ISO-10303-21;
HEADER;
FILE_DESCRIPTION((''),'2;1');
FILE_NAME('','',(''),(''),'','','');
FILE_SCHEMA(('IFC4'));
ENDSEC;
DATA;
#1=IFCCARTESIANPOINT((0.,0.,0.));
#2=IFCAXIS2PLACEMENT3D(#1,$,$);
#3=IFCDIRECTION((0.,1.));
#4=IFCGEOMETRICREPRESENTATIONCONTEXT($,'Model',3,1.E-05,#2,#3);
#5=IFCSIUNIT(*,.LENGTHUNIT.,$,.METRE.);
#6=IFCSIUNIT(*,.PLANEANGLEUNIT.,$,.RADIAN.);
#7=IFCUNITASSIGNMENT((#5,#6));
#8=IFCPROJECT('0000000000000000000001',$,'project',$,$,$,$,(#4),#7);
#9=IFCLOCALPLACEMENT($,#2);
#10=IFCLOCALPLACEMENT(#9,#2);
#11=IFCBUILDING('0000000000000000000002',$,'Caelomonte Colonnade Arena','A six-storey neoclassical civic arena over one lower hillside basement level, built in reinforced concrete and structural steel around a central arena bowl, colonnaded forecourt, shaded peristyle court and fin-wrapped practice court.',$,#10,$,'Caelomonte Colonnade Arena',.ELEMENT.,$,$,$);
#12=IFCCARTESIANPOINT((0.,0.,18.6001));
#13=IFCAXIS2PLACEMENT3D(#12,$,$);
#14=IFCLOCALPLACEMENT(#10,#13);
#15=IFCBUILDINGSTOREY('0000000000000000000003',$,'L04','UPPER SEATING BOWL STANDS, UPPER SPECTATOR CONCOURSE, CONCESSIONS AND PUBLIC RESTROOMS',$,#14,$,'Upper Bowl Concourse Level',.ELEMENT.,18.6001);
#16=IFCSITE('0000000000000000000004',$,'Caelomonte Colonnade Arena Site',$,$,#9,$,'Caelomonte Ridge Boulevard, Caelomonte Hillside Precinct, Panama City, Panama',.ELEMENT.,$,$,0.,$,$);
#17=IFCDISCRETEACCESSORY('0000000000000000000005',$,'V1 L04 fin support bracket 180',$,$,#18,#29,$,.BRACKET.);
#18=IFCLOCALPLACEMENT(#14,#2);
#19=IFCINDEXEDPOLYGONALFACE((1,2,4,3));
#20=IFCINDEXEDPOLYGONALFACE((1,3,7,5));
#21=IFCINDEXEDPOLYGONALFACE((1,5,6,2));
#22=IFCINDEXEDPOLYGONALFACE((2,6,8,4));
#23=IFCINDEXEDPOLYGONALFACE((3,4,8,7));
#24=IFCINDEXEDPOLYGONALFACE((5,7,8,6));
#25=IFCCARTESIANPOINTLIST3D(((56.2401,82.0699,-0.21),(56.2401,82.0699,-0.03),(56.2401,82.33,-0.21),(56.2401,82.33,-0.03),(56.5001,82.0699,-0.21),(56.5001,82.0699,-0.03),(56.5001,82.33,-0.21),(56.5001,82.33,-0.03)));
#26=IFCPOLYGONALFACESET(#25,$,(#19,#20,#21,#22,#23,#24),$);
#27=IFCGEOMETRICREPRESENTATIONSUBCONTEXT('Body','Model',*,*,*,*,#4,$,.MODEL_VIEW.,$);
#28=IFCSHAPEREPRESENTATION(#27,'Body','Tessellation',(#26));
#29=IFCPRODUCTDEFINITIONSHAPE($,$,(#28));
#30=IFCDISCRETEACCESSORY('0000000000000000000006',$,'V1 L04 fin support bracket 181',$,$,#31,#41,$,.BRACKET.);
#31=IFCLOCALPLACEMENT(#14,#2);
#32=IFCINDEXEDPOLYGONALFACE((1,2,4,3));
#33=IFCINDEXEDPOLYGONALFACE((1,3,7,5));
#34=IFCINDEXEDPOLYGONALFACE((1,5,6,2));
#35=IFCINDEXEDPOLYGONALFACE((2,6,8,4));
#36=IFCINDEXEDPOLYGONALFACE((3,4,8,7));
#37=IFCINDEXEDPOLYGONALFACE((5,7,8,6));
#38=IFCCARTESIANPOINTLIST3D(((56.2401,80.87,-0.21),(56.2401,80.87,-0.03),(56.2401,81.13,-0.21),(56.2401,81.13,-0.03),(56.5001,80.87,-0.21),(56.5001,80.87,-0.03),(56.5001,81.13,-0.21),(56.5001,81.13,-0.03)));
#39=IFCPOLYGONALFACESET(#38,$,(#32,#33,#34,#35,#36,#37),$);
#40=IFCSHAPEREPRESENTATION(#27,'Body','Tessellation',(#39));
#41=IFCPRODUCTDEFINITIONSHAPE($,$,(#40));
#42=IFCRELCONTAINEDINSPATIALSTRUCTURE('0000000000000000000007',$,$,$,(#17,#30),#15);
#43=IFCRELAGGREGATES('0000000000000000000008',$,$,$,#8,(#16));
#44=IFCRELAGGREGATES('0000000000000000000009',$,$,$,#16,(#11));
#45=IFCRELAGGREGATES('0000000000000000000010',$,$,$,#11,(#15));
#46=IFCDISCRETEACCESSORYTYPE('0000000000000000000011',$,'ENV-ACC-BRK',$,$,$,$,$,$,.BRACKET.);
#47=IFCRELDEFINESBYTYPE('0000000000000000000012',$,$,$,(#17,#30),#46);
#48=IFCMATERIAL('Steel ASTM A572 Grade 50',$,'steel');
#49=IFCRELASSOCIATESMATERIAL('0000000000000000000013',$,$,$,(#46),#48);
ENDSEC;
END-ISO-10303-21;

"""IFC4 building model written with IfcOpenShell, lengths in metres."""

from ifc_helpers import new_model, si_unit, direction, frame, origin, origin_2d, place, context, subcontext, project, spatial, rectangle, extrude, material, type_object, element, save


model = new_model("IFC4")

# Units and contexts
model_context = context("Model", 3, precision=1e-05, world=origin(), true_north=direction((0.0, 1.0)))
body_context = subcontext(model_context, "Body", "Model", "MODEL_VIEW")
ifc_project = project(units=[si_unit("LENGTHUNIT", "METRE"), si_unit("PLANEANGLEUNIT", "RADIAN")], contexts=[model_context])

# Site, building, storey
site_placement = place(None, origin())
site = spatial("IfcSite", under=ifc_project, at=site_placement, Name="Caelomonte Colonnade Arena Site", LongName="Caelomonte Ridge Boulevard, Caelomonte Hillside Precinct, Panama City, Panama", CompositionType="ELEMENT", RefElevation=0.0)
building_placement = place(site_placement, origin())
building = spatial("IfcBuilding", under=site, at=building_placement, Name="Caelomonte Colonnade Arena", Description="A six-storey neoclassical civic arena over one lower hillside basement level, built in reinforced concrete and structural steel around a central arena bowl, colonnaded forecourt, shaded peristyle court and fin-wrapped practice court.", LongName="Caelomonte Colonnade Arena", CompositionType="ELEMENT")
storey_placement = place(building_placement, frame((0.0, 0.0, 18.6001)))
storey = spatial("IfcBuildingStorey", under=building, at=storey_placement, Name="L04", Description="UPPER SEATING BOWL STANDS, UPPER SPECTATOR CONCOURSE, CONCESSIONS AND PUBLIC RESTROOMS", LongName="Upper Bowl Concourse Level", CompositionType="ELEMENT", Elevation=18.6001)

# Discrete accessories
ifc_material_1 = material(Name="Steel ASTM A572 Grade 50", Category="steel")
discrete_accessory_type = type_object("IfcDiscreteAccessoryType", Name="ENV-ACC-BRK", PredefinedType="BRACKET", material=ifc_material_1)
for number, where, z_axis, x_axis, name in (
    (1, (56.3701, 82.2, -0.21), (0.0, 0.0, 1.0), (0.0, -1.0, 0.0), "V1 L04 fin support bracket 180"),
    (2, (56.3701, 81.0, -0.21), (0.0, 0.0, 1.0), (0.0, -1.0, 0.0), "V1 L04 fin support bracket 181"),
):
    element("IfcDiscreteAccessory", number, at=place(storey_placement, frame(where, z_axis=z_axis, x_axis=x_axis)), inside=storey, type_object=discrete_accessory_type, Name=name, PredefinedType="BRACKET", context=body_context, shape_type="SweptSolid", body=[
        extrude(rectangle(XDim=0.26, YDim=0.26, at=origin_2d()), origin(), (0.0, 0.0, 1.0), 0.1799),
    ])

save(model, "model.ifc")
